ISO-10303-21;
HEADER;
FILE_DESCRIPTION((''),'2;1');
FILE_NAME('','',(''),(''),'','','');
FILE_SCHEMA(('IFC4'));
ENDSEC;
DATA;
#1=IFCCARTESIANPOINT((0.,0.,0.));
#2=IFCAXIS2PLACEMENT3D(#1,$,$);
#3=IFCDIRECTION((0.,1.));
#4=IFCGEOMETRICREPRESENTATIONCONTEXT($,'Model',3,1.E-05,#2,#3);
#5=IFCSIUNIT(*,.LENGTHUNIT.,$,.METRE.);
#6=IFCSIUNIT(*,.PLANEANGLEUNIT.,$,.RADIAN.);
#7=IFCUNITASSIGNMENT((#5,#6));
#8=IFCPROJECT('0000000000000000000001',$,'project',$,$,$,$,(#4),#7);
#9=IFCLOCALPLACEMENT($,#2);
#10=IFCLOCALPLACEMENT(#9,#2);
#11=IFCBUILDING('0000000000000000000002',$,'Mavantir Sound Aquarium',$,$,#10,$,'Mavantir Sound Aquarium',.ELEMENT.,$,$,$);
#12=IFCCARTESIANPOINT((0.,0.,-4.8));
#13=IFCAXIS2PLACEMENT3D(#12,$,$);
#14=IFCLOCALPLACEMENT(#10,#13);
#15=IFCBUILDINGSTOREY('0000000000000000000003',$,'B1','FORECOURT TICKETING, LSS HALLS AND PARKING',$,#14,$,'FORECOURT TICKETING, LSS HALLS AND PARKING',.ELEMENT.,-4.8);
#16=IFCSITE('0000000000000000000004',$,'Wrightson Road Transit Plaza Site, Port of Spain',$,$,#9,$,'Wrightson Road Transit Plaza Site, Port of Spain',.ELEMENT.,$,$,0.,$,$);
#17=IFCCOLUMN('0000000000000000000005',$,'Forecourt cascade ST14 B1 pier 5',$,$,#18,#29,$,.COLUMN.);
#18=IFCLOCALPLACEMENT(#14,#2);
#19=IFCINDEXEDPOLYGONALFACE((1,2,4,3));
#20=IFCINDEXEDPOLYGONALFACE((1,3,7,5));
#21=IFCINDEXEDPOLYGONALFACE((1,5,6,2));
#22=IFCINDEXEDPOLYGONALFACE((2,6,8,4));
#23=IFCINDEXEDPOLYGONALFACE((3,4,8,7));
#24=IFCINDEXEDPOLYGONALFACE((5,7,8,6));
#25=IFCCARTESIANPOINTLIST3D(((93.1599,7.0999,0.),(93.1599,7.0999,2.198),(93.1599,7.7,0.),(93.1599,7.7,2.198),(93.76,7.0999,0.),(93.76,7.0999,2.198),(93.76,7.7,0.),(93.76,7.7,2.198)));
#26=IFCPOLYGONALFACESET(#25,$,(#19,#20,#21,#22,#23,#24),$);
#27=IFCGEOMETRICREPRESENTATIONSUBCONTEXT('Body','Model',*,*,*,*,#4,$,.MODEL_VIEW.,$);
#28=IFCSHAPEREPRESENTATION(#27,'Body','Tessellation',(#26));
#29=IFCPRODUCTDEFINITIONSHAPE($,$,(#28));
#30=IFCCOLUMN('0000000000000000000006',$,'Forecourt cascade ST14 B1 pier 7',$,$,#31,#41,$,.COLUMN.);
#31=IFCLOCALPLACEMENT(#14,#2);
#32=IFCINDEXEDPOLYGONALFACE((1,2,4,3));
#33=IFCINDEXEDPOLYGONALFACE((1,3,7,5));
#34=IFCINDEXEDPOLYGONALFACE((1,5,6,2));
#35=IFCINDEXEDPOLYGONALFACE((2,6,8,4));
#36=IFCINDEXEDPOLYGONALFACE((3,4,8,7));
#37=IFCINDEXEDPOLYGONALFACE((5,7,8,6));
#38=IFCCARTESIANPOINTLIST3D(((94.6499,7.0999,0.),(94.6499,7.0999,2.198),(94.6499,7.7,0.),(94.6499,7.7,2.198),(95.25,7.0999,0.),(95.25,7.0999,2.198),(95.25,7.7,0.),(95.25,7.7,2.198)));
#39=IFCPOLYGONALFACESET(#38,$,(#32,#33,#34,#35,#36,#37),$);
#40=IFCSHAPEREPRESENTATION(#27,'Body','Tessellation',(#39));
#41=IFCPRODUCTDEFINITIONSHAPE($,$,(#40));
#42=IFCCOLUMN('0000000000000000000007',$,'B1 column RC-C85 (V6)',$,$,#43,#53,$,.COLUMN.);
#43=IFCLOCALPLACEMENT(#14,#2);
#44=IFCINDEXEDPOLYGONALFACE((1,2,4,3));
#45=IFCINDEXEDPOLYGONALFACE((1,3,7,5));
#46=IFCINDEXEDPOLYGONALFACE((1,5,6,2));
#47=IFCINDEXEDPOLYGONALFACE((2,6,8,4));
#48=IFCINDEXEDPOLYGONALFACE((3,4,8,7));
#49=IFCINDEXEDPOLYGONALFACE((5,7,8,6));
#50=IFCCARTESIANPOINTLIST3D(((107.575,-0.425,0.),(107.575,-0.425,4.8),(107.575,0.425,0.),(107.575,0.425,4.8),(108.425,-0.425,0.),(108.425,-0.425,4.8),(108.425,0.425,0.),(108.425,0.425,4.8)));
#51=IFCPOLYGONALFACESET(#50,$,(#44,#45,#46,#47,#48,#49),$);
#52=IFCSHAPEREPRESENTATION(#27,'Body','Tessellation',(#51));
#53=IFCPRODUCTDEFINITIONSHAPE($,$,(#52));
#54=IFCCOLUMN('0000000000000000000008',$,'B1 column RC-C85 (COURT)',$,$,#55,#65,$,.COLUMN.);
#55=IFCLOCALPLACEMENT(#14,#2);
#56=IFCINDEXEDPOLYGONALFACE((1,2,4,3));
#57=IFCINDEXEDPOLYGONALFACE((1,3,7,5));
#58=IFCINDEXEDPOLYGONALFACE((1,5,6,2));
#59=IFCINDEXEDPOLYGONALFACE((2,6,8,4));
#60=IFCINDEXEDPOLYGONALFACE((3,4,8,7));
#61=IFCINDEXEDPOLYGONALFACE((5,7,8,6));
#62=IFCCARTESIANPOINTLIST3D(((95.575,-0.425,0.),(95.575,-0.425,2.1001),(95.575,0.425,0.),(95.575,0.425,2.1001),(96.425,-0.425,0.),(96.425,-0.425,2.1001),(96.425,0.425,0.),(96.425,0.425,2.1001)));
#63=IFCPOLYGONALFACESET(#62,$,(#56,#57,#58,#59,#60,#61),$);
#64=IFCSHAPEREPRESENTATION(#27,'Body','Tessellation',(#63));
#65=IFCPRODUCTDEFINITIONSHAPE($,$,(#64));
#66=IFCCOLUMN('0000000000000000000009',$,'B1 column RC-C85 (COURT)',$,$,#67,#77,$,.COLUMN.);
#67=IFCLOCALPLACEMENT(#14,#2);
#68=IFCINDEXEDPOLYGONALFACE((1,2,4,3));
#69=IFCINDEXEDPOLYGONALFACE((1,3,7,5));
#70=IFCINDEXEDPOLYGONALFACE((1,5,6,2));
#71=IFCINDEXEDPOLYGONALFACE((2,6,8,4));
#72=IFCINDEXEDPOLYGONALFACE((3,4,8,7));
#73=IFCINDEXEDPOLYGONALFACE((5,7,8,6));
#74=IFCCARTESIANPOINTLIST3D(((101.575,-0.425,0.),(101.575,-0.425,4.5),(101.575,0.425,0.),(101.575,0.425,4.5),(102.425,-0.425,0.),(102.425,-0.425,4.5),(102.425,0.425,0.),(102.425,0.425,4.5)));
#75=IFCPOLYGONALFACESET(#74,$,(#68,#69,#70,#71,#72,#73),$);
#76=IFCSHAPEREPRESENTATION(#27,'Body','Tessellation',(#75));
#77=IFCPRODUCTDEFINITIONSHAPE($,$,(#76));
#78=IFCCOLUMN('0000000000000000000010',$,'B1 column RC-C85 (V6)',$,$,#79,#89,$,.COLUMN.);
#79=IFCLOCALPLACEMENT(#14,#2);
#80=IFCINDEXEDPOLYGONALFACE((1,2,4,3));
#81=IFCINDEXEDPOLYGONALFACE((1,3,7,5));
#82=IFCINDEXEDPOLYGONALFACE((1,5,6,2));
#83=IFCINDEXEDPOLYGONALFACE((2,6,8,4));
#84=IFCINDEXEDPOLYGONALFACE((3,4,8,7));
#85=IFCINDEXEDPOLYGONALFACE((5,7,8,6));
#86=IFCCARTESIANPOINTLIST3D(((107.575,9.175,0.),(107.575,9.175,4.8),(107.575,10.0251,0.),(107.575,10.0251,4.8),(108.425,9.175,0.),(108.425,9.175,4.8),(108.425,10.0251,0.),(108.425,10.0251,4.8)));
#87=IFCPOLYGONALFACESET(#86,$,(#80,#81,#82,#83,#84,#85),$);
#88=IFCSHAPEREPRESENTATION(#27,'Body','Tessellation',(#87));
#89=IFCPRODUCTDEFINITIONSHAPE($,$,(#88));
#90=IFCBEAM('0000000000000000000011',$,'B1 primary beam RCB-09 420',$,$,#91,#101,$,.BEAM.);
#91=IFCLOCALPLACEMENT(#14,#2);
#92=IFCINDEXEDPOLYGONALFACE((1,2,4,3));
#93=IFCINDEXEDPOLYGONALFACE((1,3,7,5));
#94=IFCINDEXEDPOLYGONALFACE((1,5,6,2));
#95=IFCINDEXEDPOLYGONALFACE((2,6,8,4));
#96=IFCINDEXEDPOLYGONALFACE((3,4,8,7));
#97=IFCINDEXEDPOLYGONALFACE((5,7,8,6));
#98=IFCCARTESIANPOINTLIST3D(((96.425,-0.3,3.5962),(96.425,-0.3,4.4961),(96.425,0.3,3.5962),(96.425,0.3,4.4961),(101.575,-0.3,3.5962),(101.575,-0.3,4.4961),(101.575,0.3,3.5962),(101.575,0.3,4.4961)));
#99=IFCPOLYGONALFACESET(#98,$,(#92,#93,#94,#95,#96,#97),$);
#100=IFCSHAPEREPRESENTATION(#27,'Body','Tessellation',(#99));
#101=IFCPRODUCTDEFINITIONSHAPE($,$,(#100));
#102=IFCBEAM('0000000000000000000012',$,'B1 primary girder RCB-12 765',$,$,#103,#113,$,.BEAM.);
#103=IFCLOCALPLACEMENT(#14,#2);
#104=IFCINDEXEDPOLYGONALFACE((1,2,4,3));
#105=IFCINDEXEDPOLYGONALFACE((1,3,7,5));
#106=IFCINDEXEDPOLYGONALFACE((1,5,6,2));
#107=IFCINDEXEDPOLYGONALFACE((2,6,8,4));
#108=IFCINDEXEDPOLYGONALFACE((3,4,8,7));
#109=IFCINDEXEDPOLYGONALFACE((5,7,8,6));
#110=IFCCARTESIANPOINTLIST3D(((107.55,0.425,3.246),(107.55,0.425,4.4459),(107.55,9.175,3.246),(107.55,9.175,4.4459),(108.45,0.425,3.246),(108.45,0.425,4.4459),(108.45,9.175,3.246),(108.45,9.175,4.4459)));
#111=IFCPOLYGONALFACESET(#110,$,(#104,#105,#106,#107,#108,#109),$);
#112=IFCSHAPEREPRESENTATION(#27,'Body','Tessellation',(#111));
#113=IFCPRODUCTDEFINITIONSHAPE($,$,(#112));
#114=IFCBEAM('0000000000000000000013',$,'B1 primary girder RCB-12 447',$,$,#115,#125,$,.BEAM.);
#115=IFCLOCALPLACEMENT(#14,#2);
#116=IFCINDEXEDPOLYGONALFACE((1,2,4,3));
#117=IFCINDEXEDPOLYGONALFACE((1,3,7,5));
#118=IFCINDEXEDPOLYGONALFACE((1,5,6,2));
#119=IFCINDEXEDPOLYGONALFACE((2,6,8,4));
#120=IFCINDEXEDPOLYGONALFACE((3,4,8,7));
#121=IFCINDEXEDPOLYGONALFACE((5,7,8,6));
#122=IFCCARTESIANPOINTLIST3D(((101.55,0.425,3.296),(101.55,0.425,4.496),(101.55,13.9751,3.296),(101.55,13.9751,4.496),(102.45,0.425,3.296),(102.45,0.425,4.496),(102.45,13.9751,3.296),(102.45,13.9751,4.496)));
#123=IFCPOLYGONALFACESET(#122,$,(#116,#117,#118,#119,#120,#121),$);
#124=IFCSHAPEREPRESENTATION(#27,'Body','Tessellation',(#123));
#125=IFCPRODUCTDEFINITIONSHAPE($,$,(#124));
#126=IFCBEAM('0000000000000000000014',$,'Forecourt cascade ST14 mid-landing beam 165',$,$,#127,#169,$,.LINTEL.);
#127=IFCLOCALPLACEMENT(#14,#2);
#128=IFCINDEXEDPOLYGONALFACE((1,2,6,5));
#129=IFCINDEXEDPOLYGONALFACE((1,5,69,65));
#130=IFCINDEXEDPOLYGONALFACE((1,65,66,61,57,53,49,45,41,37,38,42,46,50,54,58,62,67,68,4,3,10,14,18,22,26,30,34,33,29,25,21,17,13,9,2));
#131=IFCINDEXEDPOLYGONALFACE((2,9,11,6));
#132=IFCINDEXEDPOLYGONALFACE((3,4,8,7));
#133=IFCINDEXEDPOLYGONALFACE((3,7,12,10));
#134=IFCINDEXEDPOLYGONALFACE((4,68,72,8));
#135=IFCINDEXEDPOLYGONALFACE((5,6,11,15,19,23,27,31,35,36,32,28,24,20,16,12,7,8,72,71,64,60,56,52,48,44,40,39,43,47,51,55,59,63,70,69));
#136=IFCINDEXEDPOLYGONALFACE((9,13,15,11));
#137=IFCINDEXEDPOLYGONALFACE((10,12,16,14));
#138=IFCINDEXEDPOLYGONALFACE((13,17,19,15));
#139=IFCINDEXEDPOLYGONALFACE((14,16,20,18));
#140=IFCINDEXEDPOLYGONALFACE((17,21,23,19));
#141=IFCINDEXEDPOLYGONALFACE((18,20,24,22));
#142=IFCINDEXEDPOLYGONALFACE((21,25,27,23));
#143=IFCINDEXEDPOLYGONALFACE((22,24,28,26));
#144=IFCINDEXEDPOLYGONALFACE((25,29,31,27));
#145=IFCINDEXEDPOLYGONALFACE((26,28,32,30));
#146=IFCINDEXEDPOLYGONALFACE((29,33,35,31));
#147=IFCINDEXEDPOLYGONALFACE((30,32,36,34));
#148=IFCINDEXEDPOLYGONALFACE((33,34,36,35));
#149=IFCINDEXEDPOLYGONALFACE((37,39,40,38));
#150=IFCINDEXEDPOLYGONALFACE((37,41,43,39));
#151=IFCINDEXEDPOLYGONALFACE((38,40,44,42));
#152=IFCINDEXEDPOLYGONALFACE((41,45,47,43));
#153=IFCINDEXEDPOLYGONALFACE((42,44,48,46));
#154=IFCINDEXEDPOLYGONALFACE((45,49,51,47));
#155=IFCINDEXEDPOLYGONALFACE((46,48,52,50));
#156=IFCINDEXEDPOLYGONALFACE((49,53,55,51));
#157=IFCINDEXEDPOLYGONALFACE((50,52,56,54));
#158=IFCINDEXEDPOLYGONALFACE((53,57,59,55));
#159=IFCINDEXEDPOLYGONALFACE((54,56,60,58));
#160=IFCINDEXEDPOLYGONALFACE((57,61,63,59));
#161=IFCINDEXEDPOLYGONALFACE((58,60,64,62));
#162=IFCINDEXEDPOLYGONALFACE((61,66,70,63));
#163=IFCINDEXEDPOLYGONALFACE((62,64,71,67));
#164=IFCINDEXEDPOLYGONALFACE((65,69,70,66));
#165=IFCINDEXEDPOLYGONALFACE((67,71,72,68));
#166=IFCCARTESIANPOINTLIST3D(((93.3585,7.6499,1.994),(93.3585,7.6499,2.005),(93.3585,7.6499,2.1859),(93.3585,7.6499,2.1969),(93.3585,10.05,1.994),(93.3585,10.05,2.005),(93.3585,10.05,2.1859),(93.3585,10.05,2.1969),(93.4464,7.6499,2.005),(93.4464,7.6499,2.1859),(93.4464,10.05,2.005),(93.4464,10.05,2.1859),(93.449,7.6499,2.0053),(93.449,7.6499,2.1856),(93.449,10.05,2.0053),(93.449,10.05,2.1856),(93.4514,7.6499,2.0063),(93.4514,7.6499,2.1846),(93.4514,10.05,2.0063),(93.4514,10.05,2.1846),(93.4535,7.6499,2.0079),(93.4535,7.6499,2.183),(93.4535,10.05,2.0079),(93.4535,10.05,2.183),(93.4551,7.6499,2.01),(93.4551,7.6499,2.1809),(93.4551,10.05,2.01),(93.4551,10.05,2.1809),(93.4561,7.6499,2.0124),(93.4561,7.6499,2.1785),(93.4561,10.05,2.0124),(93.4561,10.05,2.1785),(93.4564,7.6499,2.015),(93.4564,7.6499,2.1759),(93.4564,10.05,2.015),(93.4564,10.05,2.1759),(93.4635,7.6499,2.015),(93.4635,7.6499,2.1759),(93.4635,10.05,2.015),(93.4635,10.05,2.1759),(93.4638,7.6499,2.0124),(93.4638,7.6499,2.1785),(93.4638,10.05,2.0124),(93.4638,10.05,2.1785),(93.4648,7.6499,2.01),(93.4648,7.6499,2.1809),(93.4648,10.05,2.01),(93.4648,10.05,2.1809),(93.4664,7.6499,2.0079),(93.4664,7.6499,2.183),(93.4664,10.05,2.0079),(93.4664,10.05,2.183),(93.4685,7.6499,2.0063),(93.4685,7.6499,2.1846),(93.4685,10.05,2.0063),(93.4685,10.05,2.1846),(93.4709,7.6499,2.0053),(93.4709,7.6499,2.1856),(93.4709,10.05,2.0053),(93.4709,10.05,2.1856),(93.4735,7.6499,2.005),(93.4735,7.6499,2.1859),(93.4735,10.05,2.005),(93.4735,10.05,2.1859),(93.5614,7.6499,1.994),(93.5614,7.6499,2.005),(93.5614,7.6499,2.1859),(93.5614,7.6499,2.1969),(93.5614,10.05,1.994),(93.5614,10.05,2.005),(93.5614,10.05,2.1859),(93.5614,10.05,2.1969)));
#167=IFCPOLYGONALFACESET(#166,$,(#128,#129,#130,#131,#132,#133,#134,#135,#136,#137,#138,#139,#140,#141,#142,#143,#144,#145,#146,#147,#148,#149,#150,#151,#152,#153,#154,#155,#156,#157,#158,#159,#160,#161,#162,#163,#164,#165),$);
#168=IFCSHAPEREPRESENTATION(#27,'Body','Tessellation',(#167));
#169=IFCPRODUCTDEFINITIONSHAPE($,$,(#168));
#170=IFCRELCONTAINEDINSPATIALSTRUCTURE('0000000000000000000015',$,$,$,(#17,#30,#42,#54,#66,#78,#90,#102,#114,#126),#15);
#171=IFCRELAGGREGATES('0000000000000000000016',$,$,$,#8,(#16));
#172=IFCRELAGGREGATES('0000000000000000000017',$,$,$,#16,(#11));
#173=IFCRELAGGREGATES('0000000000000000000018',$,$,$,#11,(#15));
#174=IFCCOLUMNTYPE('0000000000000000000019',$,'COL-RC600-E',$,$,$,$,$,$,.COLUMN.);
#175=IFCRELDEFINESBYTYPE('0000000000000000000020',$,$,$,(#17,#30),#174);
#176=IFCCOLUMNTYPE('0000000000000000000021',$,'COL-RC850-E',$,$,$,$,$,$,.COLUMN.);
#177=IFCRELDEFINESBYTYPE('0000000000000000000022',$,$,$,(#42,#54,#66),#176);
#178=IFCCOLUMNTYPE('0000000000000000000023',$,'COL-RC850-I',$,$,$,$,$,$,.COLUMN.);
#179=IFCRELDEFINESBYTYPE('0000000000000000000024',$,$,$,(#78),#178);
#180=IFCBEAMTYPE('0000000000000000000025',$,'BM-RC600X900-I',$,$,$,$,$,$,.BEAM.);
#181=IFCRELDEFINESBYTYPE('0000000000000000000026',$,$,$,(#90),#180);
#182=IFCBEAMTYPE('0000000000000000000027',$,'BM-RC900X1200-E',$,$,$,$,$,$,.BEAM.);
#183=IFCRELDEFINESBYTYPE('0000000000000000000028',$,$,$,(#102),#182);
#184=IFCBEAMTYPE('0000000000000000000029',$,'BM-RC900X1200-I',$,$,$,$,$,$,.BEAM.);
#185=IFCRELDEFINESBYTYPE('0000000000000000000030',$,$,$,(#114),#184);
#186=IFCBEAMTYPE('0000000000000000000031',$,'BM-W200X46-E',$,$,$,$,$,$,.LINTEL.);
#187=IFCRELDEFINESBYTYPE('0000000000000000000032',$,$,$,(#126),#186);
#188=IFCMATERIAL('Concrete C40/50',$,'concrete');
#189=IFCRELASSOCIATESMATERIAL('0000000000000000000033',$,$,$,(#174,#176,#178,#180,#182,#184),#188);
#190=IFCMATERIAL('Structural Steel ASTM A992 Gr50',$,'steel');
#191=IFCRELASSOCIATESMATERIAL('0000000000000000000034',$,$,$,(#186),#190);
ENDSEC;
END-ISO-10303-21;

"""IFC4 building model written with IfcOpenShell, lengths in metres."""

from ifc_helpers import new_model, si_unit, direction, frame, origin, origin_2d, place, context, subcontext, project, spatial, rectangle, i_section, extrude, material, material_profile, profile_set, type_object, element, save


model = new_model("IFC4")

# Units and contexts
model_context = context("Model", 3, precision=1e-05, world=origin(), true_north=direction((0.0, 1.0)))
body_context = subcontext(model_context, "Body", "Model", "MODEL_VIEW")
ifc_project = project(units=[si_unit("LENGTHUNIT", "METRE"), si_unit("PLANEANGLEUNIT", "RADIAN")], contexts=[model_context])

# Site, building, storey
site_placement = place(None, origin())
site = spatial("IfcSite", under=ifc_project, at=site_placement, Name="Wrightson Road Transit Plaza Site, Port of Spain", LongName="Wrightson Road Transit Plaza Site, Port of Spain", CompositionType="ELEMENT", RefElevation=0.0)
building_placement = place(site_placement, origin())
building = spatial("IfcBuilding", under=site, at=building_placement, Name="Mavantir Sound Aquarium", LongName="Mavantir Sound Aquarium", CompositionType="ELEMENT")
storey_placement = place(building_placement, frame((0.0, 0.0, -4.8)))
storey = spatial("IfcBuildingStorey", under=building, at=storey_placement, Name="B1", Description="FORECOURT TICKETING, LSS HALLS AND PARKING", LongName="FORECOURT TICKETING, LSS HALLS AND PARKING", CompositionType="ELEMENT", Elevation=-4.8)

# Columns
ifc_material_1 = material(Name="Concrete C40/50", Category="concrete")
ifc_material_profile_1 = material_profile(ifc_material_1, rectangle(XDim=0.6001, YDim=0.6001, at=origin_2d()), Name="RC 600X600")
ifc_profile_set_1 = profile_set([ifc_material_profile_1], Name="Concrete C40/50")
column_type_1 = type_object("IfcColumnType", Name="COL-RC600-E", PredefinedType="COLUMN", material=ifc_profile_set_1)
for number, where, z_axis, x_axis, name in (
    (1, (93.46, 7.3999, 0.0), (0.0, 0.0, 1.0), (1.0, 0.0, 0.0), "Forecourt cascade ST14 B1 pier 5"),
    (2, (94.95, 7.3999, 0.0), (0.0, 0.0, 1.0), (1.0, 0.0, 0.0), "Forecourt cascade ST14 B1 pier 7"),
):
    element("IfcColumn", number, at=place(storey_placement, frame(where, z_axis=z_axis, x_axis=x_axis)), inside=storey, type_object=column_type_1, Name=name, PredefinedType="COLUMN", context=body_context, shape_type="SweptSolid", body=[
        extrude(rectangle(XDim=0.6001, YDim=0.6001, at=origin_2d()), origin(), (0.0, 0.0, 1.0), 2.198),
    ])
ifc_material_profile_2 = material_profile(ifc_material_1, rectangle(XDim=0.8501, YDim=0.8501, at=origin_2d()), Name="RC 850X850")
ifc_profile_set_2 = profile_set([ifc_material_profile_2], Name="Concrete C40/50")
column_type_2 = type_object("IfcColumnType", Name="COL-RC850-E", PredefinedType="COLUMN", material=ifc_profile_set_2)
column_1_placement = place(storey_placement, frame((108.0, 0.0, 0.0), z_axis=(0.0, 0.0, 1.0), x_axis=(1.0, 0.0, 0.0)))
element("IfcColumn", 3, at=column_1_placement, inside=storey, type_object=column_type_2, Name="B1 column RC-C85 (V6)", PredefinedType="COLUMN", context=body_context, shape_type="SweptSolid", body=[
    extrude(rectangle(XDim=0.8501, YDim=0.8501, at=origin_2d()), origin(), (0.0, 0.0, 1.0), 4.8),
])
column_2_placement = place(storey_placement, frame((96.0, 0.0, 0.0), z_axis=(0.0, 0.0, 1.0), x_axis=(1.0, 0.0, 0.0)))
element("IfcColumn", 4, at=column_2_placement, inside=storey, type_object=column_type_2, Name="B1 column RC-C85 (COURT)", PredefinedType="COLUMN", context=body_context, shape_type="SweptSolid", body=[
    extrude(rectangle(XDim=0.8501, YDim=0.8501, at=origin_2d()), origin(), (0.0, 0.0, 1.0), 2.1001),
])
column_3_placement = place(storey_placement, frame((102.0, 0.0, 0.0), z_axis=(0.0, 0.0, 1.0), x_axis=(1.0, 0.0, 0.0)))
element("IfcColumn", 5, at=column_3_placement, inside=storey, type_object=column_type_2, Name="B1 column RC-C85 (COURT)", PredefinedType="COLUMN", context=body_context, shape_type="SweptSolid", body=[
    extrude(rectangle(XDim=0.8501, YDim=0.8501, at=origin_2d()), origin(), (0.0, 0.0, 1.0), 4.5),
])
ifc_material_profile_3 = material_profile(ifc_material_1, rectangle(XDim=0.8501, YDim=0.8501, at=origin_2d()), Name="RC 850X850")
ifc_profile_set_3 = profile_set([ifc_material_profile_3], Name="Concrete C40/50")
column_type_3 = type_object("IfcColumnType", Name="COL-RC850-I", PredefinedType="COLUMN", material=ifc_profile_set_3)
column_4_placement = place(storey_placement, frame((108.0, 9.6001, 0.0), z_axis=(0.0, 0.0, 1.0), x_axis=(1.0, 0.0, 0.0)))
element("IfcColumn", 6, at=column_4_placement, inside=storey, type_object=column_type_3, Name="B1 column RC-C85 (V6)", PredefinedType="COLUMN", context=body_context, shape_type="SweptSolid", body=[
    extrude(rectangle(XDim=0.8501, YDim=0.8501, at=origin_2d()), origin(), (0.0, 0.0, 1.0), 4.8),
])

# Beams
ifc_material_profile_4 = material_profile(ifc_material_1, rectangle(XDim=0.6001, YDim=0.8999, at=origin_2d()), Name="RC 600X900")
ifc_profile_set_4 = profile_set([ifc_material_profile_4], Name="Concrete C40/50")
beam_type_1 = type_object("IfcBeamType", Name="BM-RC600X900-I", PredefinedType="BEAM", material=ifc_profile_set_4)
beam_1_placement = place(storey_placement, frame((96.425, 0.0, 4.0461), z_axis=(1.0, 0.0, 0.0), x_axis=(0.0, 1.0, 0.0)))
element("IfcBeam", 7, at=beam_1_placement, inside=storey, type_object=beam_type_1, Name="B1 primary beam RCB-09 420", PredefinedType="BEAM", context=body_context, shape_type="SweptSolid", body=[
    extrude(rectangle(XDim=0.6001, YDim=0.8999, at=origin_2d()), origin(), (0.0, 0.0, 1.0), 5.1499),
])
ifc_material_profile_5 = material_profile(ifc_material_1, rectangle(XDim=0.8999, YDim=1.2, at=origin_2d()), Name="RC 900X1200")
ifc_profile_set_5 = profile_set([ifc_material_profile_5], Name="Concrete C40/50")
beam_type_2 = type_object("IfcBeamType", Name="BM-RC900X1200-E", PredefinedType="BEAM", material=ifc_profile_set_5)
beam_2_placement = place(storey_placement, frame((108.0, 0.425, 3.8459), z_axis=(0.0, 1.0, 0.0), x_axis=(-1.0, 0.0, 0.0)))
element("IfcBeam", 8, at=beam_2_placement, inside=storey, type_object=beam_type_2, Name="B1 primary girder RCB-12 765", PredefinedType="BEAM", context=body_context, shape_type="SweptSolid", body=[
    extrude(rectangle(XDim=0.8999, YDim=1.2, at=origin_2d()), origin(), (0.0, 0.0, 1.0), 8.75),
])
ifc_material_profile_6 = material_profile(ifc_material_1, rectangle(XDim=0.8999, YDim=1.2, at=origin_2d()), Name="RC 900X1200")
ifc_profile_set_6 = profile_set([ifc_material_profile_6], Name="Concrete C40/50")
beam_type_3 = type_object("IfcBeamType", Name="BM-RC900X1200-I", PredefinedType="BEAM", material=ifc_profile_set_6)
beam_3_placement = place(storey_placement, frame((102.0, 0.425, 3.896), z_axis=(0.0, 1.0, 0.0), x_axis=(-1.0, 0.0, 0.0)))
element("IfcBeam", 9, at=beam_3_placement, inside=storey, type_object=beam_type_3, Name="B1 primary girder RCB-12 447", PredefinedType="BEAM", context=body_context, shape_type="SweptSolid", body=[
    extrude(rectangle(XDim=0.8999, YDim=1.2, at=origin_2d()), origin(), (0.0, 0.0, 1.0), 13.55),
])
ifc_material_2 = material(Name="Structural Steel ASTM A992 Gr50", Category="steel")
ifc_material_profile_7 = material_profile(ifc_material_2, i_section(OverallWidth=0.2029, OverallDepth=0.2029, WebThickness=0.0071, FlangeThickness=0.011, FilletRadius=0.01, at=origin_2d()), Name="W200X46")
ifc_profile_set_7 = profile_set([ifc_material_profile_7], Name="Structural Steel ASTM A992 Gr50")
beam_type_4 = type_object("IfcBeamType", Name="BM-W200X46-E", PredefinedType="LINTEL", material=ifc_profile_set_7)
for number, where, z_axis, x_axis, name in (
    (10, (93.46, 7.6499, 2.0955), (0.0, 1.0, 0.0), (-1.0, 0.0, 0.0), "Forecourt cascade ST14 mid-landing beam 165"),
):
    element("IfcBeam", number, at=place(storey_placement, frame(where, z_axis=z_axis, x_axis=x_axis)), inside=storey, type_object=beam_type_4, Name=name, PredefinedType="LINTEL", context=body_context, shape_type="SweptSolid", body=[
        extrude(i_section(OverallWidth=0.2029, OverallDepth=0.2029, WebThickness=0.0071, FlangeThickness=0.011, FilletRadius=0.01, at=origin_2d()), origin(), (0.0, 0.0, 1.0), 2.4001),
    ])

save(model, "model.ifc")
